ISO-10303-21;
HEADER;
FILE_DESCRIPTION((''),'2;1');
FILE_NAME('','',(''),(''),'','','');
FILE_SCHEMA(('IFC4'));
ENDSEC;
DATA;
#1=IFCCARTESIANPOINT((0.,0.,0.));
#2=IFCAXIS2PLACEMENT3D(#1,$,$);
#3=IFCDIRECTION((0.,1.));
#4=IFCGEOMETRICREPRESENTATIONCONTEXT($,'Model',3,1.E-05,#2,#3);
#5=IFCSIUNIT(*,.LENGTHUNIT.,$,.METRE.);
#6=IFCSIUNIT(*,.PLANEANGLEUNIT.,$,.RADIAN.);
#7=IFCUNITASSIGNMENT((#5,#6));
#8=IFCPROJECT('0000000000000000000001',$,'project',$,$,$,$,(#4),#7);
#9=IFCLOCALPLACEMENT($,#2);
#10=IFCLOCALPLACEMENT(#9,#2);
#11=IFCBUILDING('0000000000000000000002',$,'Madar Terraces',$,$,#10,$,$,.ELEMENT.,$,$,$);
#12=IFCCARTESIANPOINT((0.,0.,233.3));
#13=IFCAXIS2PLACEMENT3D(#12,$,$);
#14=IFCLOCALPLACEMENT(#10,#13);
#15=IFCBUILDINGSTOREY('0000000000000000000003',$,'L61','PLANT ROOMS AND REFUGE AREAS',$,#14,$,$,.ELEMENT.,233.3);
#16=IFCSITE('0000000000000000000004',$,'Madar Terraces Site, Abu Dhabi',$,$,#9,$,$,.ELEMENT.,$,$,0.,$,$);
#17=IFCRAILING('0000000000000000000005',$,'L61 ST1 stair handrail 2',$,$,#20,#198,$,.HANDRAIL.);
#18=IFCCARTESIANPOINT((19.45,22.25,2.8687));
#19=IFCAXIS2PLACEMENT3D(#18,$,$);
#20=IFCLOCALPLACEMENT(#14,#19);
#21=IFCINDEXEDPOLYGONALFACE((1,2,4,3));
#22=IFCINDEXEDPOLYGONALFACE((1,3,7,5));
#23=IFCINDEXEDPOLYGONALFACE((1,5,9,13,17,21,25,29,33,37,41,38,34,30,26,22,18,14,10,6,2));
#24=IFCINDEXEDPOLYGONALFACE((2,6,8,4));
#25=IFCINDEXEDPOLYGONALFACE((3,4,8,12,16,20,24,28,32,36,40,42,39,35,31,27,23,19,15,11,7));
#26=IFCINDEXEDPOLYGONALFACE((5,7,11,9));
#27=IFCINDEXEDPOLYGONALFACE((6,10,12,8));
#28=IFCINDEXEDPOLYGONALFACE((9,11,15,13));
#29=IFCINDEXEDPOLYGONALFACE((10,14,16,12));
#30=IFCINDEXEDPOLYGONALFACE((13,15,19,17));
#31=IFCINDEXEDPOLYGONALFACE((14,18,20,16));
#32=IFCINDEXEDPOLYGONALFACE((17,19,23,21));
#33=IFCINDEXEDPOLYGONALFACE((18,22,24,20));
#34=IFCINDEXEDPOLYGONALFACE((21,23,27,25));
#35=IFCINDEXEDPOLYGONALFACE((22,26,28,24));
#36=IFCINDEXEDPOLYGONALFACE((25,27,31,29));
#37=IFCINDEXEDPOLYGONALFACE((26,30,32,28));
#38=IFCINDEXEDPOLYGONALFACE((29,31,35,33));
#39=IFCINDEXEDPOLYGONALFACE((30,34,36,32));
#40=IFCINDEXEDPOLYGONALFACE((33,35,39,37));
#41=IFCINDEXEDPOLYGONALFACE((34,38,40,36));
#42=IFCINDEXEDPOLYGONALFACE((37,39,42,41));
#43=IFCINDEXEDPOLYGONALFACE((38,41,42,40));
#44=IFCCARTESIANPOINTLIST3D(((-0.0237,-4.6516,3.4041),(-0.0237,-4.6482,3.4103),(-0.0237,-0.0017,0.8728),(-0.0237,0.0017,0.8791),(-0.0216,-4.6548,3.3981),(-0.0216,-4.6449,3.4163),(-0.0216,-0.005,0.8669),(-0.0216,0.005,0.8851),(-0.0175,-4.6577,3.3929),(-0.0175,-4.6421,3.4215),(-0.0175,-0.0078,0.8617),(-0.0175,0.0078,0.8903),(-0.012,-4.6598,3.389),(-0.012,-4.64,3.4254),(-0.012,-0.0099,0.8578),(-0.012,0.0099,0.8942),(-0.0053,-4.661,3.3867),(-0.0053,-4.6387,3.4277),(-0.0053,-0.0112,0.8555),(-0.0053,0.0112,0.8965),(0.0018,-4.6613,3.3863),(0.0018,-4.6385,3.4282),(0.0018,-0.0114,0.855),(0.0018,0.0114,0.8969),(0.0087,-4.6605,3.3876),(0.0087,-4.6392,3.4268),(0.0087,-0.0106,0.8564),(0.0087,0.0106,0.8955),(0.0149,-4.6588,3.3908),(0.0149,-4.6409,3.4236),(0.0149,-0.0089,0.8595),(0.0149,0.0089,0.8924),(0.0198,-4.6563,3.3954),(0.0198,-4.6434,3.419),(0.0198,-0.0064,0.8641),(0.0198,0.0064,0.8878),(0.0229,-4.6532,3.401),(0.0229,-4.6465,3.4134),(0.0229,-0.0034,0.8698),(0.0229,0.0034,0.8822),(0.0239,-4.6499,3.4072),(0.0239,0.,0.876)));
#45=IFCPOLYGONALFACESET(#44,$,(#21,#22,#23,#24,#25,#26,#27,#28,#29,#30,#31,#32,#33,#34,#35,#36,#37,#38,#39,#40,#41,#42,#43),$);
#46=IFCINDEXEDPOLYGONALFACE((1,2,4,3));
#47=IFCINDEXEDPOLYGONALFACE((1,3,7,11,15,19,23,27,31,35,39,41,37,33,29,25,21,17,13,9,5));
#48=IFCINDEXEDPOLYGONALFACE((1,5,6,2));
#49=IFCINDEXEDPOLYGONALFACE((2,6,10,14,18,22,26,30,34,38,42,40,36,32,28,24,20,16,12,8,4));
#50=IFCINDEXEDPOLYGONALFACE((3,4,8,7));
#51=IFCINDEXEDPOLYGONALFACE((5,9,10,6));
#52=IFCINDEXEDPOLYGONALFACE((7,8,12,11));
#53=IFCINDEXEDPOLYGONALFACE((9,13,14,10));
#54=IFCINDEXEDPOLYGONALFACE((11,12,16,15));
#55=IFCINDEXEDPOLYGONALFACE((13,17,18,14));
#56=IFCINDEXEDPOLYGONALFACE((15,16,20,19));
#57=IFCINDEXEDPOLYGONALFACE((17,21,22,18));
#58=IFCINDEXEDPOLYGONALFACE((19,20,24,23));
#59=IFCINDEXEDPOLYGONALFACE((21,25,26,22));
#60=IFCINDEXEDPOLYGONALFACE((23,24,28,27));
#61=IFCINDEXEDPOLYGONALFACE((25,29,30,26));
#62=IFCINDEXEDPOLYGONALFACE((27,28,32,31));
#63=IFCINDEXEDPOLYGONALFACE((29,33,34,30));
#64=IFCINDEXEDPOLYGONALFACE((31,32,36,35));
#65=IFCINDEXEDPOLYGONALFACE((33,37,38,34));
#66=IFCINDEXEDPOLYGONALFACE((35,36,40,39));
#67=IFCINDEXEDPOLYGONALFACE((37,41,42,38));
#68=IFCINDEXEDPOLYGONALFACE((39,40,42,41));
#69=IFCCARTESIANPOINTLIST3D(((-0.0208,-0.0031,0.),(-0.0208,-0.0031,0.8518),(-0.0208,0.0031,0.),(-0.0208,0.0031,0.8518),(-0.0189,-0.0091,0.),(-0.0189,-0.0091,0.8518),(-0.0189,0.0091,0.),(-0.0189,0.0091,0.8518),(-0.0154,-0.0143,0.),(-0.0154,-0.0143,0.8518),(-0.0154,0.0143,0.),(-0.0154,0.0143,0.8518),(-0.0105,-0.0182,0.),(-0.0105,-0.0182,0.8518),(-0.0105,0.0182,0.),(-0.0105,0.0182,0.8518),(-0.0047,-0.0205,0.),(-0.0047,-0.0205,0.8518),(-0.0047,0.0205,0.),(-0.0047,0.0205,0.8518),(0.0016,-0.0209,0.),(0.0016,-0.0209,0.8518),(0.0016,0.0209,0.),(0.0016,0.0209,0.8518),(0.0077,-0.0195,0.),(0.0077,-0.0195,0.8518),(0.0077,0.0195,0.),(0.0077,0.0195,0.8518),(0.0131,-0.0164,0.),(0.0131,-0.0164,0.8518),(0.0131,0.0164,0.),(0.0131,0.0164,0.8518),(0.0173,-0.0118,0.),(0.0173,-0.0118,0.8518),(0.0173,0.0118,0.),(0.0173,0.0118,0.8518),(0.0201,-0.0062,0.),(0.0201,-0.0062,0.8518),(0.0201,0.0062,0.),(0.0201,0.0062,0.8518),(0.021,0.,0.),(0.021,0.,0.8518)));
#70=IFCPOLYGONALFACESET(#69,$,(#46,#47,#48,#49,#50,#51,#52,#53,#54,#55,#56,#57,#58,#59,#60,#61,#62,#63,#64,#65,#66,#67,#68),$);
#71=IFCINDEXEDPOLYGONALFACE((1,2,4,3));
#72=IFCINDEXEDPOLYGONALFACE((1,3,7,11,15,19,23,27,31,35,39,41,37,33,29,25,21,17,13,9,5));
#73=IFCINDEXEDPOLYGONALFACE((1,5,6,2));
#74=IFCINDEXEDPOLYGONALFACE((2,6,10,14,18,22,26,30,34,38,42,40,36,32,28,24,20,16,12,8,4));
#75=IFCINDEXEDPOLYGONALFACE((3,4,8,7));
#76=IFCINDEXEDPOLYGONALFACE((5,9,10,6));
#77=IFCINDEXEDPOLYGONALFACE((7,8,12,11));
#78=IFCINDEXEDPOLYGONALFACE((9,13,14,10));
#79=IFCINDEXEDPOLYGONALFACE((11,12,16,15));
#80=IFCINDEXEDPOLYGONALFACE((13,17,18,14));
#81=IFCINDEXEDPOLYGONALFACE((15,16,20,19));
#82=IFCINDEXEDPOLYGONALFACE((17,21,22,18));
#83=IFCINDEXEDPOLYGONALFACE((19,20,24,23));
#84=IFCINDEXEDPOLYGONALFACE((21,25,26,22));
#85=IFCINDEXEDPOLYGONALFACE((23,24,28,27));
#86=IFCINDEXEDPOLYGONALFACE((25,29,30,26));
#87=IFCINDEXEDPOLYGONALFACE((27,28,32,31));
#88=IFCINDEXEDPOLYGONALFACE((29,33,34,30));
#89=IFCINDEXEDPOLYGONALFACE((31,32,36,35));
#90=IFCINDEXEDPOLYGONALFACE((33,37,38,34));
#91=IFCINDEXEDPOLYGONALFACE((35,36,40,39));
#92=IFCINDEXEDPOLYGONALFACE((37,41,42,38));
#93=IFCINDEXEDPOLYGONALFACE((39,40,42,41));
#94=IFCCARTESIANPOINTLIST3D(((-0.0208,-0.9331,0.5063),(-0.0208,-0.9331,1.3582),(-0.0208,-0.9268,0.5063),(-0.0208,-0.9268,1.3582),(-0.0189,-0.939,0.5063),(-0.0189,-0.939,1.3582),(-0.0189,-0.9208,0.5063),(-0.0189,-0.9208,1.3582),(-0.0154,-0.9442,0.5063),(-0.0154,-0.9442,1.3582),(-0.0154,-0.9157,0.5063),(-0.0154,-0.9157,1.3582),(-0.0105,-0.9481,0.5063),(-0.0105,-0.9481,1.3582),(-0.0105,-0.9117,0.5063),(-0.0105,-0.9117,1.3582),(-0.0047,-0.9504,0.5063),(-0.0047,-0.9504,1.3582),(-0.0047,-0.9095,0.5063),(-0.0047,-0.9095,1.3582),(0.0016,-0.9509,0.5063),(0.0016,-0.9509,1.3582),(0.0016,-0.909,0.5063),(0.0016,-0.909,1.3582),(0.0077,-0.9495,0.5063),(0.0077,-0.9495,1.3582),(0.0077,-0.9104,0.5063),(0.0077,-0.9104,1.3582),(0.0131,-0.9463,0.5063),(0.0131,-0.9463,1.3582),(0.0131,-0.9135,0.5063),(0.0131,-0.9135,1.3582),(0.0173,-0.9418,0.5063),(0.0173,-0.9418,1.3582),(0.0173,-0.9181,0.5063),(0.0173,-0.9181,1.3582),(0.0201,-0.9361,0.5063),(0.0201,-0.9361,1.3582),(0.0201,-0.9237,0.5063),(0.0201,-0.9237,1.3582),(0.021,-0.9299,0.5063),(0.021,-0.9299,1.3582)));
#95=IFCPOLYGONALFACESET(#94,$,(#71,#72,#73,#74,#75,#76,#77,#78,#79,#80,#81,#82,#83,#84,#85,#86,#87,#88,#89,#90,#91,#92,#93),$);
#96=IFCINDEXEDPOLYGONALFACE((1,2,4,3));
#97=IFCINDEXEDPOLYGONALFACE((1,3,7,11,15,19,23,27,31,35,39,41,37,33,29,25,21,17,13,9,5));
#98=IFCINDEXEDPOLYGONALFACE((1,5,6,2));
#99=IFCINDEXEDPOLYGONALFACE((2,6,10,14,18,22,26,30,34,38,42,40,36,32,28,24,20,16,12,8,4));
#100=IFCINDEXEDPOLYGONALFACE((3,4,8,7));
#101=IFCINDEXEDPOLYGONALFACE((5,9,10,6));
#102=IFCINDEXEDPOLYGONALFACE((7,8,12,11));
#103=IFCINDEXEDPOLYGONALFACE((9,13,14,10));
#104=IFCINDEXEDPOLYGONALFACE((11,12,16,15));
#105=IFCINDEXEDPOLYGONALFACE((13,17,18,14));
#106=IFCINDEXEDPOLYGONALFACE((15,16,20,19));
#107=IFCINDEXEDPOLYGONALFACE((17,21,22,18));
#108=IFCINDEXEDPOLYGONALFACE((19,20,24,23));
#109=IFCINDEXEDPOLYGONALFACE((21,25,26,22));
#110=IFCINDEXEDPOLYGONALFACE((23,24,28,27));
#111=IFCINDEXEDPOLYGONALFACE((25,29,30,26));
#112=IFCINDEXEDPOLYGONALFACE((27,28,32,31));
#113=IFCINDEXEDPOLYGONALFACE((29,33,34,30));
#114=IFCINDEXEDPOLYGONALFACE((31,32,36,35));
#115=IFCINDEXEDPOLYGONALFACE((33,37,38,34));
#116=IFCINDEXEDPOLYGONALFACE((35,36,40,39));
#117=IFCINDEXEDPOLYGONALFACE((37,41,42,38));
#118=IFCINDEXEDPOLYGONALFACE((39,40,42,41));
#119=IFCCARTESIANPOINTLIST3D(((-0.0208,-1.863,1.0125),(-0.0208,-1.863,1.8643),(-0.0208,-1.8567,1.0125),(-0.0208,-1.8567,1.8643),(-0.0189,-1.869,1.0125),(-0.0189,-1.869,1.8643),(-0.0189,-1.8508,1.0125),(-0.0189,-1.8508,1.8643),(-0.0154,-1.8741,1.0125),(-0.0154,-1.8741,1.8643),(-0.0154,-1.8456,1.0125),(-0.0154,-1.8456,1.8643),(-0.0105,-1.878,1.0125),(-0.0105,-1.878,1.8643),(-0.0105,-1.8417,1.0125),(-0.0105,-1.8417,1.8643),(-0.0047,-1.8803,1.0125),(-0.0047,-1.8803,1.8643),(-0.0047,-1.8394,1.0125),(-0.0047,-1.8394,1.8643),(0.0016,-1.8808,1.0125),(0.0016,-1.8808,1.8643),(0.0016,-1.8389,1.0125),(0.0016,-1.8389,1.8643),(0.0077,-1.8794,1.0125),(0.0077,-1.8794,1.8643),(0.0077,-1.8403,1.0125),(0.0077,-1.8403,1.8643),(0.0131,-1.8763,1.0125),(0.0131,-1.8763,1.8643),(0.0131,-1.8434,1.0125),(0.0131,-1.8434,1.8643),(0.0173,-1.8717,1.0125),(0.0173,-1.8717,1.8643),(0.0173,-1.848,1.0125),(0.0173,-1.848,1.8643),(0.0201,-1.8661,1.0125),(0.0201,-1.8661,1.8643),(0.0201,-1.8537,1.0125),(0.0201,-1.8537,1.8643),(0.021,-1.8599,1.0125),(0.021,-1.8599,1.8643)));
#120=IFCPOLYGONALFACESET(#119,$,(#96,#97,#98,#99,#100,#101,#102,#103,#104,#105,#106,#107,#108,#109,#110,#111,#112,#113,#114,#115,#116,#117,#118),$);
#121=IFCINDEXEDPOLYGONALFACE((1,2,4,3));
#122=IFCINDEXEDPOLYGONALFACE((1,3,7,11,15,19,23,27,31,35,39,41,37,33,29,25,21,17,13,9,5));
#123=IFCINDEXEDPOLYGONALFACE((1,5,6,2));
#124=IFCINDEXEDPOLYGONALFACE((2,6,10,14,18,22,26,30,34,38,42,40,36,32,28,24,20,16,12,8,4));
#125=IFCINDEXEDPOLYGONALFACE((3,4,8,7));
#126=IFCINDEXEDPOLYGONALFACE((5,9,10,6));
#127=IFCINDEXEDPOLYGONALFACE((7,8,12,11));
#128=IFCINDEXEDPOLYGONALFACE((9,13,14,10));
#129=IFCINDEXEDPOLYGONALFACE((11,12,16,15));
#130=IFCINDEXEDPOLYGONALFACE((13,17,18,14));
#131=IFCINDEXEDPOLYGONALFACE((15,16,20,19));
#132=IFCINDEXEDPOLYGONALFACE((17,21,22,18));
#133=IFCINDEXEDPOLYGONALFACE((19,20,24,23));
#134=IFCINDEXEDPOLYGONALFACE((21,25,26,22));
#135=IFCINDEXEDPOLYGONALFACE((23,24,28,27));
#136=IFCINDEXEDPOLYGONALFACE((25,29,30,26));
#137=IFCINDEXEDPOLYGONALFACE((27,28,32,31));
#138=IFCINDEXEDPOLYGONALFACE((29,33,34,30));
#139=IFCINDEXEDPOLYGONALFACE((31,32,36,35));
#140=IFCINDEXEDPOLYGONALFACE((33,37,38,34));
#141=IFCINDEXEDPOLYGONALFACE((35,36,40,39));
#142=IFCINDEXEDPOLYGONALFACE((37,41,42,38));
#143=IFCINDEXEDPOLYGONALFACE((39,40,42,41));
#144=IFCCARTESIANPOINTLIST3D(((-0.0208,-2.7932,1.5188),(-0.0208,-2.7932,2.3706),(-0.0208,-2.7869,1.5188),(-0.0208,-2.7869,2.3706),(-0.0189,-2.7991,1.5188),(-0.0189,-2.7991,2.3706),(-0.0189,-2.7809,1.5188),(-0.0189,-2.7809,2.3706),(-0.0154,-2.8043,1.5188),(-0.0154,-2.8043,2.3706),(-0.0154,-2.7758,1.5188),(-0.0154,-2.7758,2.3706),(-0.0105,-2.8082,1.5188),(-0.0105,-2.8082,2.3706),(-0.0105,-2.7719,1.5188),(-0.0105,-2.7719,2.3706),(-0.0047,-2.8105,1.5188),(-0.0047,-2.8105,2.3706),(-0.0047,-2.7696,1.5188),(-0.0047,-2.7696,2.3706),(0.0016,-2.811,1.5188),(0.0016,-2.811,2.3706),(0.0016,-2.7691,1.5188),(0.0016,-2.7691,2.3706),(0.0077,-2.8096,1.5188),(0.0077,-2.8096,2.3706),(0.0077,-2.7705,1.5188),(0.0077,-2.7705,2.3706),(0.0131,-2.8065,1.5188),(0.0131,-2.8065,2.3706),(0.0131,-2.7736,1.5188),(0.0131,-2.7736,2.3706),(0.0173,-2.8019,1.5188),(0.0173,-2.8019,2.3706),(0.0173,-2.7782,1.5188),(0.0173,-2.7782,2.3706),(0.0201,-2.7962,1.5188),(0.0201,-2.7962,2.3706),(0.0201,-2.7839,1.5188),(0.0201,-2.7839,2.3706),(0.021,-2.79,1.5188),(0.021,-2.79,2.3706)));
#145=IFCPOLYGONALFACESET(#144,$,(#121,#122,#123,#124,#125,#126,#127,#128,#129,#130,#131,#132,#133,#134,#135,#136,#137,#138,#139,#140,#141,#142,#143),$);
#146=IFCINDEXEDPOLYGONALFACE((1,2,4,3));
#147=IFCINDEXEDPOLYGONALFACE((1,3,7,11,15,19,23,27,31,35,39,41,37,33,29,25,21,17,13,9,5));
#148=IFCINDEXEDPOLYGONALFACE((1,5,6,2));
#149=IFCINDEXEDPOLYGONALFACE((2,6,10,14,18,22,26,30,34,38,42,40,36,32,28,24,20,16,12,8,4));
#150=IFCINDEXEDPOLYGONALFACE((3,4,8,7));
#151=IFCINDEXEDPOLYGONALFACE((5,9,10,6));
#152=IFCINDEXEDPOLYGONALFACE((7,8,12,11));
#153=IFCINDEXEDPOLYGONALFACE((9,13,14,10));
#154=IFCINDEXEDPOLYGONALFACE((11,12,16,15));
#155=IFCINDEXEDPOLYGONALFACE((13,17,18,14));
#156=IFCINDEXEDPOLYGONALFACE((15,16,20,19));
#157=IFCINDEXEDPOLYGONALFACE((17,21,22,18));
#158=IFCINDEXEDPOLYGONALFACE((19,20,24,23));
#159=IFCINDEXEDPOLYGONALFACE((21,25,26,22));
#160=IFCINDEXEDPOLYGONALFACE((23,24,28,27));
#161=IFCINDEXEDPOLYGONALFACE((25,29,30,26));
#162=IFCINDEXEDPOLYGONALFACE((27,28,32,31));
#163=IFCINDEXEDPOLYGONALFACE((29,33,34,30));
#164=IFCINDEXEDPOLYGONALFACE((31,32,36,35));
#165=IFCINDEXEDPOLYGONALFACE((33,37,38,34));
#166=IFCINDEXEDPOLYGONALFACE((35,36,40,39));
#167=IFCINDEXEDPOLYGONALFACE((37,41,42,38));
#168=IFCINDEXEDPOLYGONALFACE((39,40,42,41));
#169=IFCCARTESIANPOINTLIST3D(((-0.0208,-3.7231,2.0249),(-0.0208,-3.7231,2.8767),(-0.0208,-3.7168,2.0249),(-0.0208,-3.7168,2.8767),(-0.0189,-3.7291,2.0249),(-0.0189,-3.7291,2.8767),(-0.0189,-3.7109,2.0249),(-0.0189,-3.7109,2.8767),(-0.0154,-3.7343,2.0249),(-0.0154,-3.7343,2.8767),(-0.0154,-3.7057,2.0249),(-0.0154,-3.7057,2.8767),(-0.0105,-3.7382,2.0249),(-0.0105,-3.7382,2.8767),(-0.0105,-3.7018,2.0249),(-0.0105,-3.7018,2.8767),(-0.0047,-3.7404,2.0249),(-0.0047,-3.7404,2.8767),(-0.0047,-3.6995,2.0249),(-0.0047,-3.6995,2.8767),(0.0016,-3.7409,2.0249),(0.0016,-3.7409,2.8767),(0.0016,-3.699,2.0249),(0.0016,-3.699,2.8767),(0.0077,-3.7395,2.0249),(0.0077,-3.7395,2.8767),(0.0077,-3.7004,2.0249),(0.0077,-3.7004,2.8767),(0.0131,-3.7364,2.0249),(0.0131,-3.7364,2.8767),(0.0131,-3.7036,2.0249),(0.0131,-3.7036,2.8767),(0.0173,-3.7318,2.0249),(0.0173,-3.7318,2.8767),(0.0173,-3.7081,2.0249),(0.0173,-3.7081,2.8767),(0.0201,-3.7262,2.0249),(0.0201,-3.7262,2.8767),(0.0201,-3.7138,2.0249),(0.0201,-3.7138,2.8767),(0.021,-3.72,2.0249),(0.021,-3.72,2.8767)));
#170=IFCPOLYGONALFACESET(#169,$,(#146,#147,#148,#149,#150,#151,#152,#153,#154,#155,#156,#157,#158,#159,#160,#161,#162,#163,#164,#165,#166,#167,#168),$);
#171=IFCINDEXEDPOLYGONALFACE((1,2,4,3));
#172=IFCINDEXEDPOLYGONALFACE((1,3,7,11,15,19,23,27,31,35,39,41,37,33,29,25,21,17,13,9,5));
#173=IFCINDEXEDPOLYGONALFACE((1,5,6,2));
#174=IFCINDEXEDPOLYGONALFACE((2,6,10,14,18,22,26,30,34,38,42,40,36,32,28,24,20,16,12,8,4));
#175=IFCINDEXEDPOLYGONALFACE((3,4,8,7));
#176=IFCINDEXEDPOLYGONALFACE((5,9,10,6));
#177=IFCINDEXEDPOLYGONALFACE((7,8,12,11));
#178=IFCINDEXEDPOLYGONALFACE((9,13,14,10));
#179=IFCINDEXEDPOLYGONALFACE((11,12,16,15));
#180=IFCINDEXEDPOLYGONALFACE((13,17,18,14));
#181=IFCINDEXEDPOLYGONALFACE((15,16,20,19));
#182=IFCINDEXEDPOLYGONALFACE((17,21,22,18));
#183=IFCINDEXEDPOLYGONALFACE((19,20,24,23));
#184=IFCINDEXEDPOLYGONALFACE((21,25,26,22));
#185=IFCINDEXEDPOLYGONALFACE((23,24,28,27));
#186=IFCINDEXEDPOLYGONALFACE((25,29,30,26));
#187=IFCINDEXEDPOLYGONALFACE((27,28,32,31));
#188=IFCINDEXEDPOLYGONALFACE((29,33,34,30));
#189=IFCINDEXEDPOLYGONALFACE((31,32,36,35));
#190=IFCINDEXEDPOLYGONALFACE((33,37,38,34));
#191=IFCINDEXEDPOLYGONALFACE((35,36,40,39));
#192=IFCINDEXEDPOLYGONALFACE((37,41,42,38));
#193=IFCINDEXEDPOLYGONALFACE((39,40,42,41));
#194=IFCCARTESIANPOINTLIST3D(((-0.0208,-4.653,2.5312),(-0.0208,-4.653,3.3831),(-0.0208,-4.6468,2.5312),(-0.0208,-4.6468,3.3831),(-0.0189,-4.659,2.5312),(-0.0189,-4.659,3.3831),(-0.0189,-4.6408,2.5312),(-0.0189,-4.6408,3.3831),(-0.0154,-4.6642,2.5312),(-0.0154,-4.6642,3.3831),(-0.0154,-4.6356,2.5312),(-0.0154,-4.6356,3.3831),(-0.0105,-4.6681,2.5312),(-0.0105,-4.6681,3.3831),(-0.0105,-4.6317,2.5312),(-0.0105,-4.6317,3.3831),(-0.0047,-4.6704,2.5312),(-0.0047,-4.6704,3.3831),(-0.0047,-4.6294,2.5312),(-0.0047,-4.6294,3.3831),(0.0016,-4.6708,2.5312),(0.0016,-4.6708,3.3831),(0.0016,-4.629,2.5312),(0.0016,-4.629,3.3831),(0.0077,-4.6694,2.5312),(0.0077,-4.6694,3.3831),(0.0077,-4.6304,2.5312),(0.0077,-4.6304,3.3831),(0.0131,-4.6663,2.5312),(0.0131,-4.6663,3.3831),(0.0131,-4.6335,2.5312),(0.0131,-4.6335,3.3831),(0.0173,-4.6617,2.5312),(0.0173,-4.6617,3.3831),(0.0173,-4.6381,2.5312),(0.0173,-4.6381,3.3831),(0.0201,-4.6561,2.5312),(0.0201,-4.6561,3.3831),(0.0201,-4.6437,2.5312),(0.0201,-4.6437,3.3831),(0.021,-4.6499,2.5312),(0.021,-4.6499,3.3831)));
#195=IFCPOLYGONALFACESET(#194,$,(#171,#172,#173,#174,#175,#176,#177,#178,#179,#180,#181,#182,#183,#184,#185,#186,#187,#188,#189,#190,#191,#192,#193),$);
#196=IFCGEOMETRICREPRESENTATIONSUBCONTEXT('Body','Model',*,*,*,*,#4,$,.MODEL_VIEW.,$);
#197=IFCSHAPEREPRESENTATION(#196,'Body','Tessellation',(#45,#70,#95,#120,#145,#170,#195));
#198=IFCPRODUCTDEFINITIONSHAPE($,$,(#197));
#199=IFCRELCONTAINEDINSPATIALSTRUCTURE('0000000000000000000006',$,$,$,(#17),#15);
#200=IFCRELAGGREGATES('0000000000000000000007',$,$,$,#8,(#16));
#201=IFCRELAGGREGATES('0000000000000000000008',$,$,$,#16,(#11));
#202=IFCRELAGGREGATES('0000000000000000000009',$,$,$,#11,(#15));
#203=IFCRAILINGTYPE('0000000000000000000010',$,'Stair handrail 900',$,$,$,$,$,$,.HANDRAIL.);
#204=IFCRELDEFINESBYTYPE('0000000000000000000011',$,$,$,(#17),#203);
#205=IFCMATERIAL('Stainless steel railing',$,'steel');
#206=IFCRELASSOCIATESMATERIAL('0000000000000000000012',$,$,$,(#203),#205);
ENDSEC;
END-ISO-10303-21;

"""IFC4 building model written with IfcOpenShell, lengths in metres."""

from ifc_helpers import new_model, si_unit, direction, frame, origin, origin_2d, place, context, subcontext, project, spatial, circle, extrude, material, type_object, element, save


model = new_model("IFC4")

# Units and contexts
model_context = context("Model", 3, precision=1e-05, world=origin(), true_north=direction((0.0, 1.0)))
body_context = subcontext(model_context, "Body", "Model", "MODEL_VIEW")
ifc_project = project(units=[si_unit("LENGTHUNIT", "METRE"), si_unit("PLANEANGLEUNIT", "RADIAN")], contexts=[model_context])

# Site, building, storey
site_placement = place(None, origin())
site = spatial("IfcSite", under=ifc_project, at=site_placement, Name="Madar Terraces Site, Abu Dhabi", CompositionType="ELEMENT", RefElevation=0.0)
building_placement = place(site_placement, origin())
building = spatial("IfcBuilding", under=site, at=building_placement, Name="Madar Terraces", CompositionType="ELEMENT")
storey_placement = place(building_placement, frame((0.0, 0.0, 233.3)))
storey = spatial("IfcBuildingStorey", under=building, at=storey_placement, Name="L61", Description="PLANT ROOMS AND REFUGE AREAS", CompositionType="ELEMENT", Elevation=233.3)

# Railing
ifc_material_1 = material(Name="Stainless steel railing", Category="steel")
railing_type_1 = type_object("IfcRailingType", Name="Stair handrail 900", PredefinedType="HANDRAIL", material=ifc_material_1)
railing_1_placement = place(storey_placement, frame((19.45, 22.25, 2.8687)))
element("IfcRailing", 1, at=railing_1_placement, inside=storey, type_object=railing_type_1, Name="L61 ST1 stair handrail 2", PredefinedType="HANDRAIL", context=body_context, shape_type="SweptSolid", body=[
    extrude(circle(Radius=0.0239, at=origin_2d()), frame((0.0, 0.0, 0.876), z_axis=(0.0, -0.878297, 0.478115), x_axis=(1.0, 0.0, 0.0)), (0.0, 0.0, 1.0), 5.2942),
    extrude(circle(Radius=0.021, at=origin_2d()), origin(), (0.0, 0.0, 1.0), 0.8518),
    extrude(circle(Radius=0.021, at=origin_2d()), frame((0.0, -0.9299, 0.5063)), (0.0, 0.0, 1.0), 0.8518),
    extrude(circle(Radius=0.021, at=origin_2d()), frame((0.0, -1.8599, 1.0125)), (0.0, 0.0, 1.0), 0.8518),
    extrude(circle(Radius=0.021, at=origin_2d()), frame((0.0, -2.79, 1.5188)), (0.0, 0.0, 1.0), 0.8518),
    extrude(circle(Radius=0.021, at=origin_2d()), frame((0.0, -3.72, 2.0249)), (0.0, 0.0, 1.0), 0.8518),
    extrude(circle(Radius=0.021, at=origin_2d()), frame((0.0, -4.6499, 2.5312)), (0.0, 0.0, 1.0), 0.8518),
])

save(model, "model.ifc")
